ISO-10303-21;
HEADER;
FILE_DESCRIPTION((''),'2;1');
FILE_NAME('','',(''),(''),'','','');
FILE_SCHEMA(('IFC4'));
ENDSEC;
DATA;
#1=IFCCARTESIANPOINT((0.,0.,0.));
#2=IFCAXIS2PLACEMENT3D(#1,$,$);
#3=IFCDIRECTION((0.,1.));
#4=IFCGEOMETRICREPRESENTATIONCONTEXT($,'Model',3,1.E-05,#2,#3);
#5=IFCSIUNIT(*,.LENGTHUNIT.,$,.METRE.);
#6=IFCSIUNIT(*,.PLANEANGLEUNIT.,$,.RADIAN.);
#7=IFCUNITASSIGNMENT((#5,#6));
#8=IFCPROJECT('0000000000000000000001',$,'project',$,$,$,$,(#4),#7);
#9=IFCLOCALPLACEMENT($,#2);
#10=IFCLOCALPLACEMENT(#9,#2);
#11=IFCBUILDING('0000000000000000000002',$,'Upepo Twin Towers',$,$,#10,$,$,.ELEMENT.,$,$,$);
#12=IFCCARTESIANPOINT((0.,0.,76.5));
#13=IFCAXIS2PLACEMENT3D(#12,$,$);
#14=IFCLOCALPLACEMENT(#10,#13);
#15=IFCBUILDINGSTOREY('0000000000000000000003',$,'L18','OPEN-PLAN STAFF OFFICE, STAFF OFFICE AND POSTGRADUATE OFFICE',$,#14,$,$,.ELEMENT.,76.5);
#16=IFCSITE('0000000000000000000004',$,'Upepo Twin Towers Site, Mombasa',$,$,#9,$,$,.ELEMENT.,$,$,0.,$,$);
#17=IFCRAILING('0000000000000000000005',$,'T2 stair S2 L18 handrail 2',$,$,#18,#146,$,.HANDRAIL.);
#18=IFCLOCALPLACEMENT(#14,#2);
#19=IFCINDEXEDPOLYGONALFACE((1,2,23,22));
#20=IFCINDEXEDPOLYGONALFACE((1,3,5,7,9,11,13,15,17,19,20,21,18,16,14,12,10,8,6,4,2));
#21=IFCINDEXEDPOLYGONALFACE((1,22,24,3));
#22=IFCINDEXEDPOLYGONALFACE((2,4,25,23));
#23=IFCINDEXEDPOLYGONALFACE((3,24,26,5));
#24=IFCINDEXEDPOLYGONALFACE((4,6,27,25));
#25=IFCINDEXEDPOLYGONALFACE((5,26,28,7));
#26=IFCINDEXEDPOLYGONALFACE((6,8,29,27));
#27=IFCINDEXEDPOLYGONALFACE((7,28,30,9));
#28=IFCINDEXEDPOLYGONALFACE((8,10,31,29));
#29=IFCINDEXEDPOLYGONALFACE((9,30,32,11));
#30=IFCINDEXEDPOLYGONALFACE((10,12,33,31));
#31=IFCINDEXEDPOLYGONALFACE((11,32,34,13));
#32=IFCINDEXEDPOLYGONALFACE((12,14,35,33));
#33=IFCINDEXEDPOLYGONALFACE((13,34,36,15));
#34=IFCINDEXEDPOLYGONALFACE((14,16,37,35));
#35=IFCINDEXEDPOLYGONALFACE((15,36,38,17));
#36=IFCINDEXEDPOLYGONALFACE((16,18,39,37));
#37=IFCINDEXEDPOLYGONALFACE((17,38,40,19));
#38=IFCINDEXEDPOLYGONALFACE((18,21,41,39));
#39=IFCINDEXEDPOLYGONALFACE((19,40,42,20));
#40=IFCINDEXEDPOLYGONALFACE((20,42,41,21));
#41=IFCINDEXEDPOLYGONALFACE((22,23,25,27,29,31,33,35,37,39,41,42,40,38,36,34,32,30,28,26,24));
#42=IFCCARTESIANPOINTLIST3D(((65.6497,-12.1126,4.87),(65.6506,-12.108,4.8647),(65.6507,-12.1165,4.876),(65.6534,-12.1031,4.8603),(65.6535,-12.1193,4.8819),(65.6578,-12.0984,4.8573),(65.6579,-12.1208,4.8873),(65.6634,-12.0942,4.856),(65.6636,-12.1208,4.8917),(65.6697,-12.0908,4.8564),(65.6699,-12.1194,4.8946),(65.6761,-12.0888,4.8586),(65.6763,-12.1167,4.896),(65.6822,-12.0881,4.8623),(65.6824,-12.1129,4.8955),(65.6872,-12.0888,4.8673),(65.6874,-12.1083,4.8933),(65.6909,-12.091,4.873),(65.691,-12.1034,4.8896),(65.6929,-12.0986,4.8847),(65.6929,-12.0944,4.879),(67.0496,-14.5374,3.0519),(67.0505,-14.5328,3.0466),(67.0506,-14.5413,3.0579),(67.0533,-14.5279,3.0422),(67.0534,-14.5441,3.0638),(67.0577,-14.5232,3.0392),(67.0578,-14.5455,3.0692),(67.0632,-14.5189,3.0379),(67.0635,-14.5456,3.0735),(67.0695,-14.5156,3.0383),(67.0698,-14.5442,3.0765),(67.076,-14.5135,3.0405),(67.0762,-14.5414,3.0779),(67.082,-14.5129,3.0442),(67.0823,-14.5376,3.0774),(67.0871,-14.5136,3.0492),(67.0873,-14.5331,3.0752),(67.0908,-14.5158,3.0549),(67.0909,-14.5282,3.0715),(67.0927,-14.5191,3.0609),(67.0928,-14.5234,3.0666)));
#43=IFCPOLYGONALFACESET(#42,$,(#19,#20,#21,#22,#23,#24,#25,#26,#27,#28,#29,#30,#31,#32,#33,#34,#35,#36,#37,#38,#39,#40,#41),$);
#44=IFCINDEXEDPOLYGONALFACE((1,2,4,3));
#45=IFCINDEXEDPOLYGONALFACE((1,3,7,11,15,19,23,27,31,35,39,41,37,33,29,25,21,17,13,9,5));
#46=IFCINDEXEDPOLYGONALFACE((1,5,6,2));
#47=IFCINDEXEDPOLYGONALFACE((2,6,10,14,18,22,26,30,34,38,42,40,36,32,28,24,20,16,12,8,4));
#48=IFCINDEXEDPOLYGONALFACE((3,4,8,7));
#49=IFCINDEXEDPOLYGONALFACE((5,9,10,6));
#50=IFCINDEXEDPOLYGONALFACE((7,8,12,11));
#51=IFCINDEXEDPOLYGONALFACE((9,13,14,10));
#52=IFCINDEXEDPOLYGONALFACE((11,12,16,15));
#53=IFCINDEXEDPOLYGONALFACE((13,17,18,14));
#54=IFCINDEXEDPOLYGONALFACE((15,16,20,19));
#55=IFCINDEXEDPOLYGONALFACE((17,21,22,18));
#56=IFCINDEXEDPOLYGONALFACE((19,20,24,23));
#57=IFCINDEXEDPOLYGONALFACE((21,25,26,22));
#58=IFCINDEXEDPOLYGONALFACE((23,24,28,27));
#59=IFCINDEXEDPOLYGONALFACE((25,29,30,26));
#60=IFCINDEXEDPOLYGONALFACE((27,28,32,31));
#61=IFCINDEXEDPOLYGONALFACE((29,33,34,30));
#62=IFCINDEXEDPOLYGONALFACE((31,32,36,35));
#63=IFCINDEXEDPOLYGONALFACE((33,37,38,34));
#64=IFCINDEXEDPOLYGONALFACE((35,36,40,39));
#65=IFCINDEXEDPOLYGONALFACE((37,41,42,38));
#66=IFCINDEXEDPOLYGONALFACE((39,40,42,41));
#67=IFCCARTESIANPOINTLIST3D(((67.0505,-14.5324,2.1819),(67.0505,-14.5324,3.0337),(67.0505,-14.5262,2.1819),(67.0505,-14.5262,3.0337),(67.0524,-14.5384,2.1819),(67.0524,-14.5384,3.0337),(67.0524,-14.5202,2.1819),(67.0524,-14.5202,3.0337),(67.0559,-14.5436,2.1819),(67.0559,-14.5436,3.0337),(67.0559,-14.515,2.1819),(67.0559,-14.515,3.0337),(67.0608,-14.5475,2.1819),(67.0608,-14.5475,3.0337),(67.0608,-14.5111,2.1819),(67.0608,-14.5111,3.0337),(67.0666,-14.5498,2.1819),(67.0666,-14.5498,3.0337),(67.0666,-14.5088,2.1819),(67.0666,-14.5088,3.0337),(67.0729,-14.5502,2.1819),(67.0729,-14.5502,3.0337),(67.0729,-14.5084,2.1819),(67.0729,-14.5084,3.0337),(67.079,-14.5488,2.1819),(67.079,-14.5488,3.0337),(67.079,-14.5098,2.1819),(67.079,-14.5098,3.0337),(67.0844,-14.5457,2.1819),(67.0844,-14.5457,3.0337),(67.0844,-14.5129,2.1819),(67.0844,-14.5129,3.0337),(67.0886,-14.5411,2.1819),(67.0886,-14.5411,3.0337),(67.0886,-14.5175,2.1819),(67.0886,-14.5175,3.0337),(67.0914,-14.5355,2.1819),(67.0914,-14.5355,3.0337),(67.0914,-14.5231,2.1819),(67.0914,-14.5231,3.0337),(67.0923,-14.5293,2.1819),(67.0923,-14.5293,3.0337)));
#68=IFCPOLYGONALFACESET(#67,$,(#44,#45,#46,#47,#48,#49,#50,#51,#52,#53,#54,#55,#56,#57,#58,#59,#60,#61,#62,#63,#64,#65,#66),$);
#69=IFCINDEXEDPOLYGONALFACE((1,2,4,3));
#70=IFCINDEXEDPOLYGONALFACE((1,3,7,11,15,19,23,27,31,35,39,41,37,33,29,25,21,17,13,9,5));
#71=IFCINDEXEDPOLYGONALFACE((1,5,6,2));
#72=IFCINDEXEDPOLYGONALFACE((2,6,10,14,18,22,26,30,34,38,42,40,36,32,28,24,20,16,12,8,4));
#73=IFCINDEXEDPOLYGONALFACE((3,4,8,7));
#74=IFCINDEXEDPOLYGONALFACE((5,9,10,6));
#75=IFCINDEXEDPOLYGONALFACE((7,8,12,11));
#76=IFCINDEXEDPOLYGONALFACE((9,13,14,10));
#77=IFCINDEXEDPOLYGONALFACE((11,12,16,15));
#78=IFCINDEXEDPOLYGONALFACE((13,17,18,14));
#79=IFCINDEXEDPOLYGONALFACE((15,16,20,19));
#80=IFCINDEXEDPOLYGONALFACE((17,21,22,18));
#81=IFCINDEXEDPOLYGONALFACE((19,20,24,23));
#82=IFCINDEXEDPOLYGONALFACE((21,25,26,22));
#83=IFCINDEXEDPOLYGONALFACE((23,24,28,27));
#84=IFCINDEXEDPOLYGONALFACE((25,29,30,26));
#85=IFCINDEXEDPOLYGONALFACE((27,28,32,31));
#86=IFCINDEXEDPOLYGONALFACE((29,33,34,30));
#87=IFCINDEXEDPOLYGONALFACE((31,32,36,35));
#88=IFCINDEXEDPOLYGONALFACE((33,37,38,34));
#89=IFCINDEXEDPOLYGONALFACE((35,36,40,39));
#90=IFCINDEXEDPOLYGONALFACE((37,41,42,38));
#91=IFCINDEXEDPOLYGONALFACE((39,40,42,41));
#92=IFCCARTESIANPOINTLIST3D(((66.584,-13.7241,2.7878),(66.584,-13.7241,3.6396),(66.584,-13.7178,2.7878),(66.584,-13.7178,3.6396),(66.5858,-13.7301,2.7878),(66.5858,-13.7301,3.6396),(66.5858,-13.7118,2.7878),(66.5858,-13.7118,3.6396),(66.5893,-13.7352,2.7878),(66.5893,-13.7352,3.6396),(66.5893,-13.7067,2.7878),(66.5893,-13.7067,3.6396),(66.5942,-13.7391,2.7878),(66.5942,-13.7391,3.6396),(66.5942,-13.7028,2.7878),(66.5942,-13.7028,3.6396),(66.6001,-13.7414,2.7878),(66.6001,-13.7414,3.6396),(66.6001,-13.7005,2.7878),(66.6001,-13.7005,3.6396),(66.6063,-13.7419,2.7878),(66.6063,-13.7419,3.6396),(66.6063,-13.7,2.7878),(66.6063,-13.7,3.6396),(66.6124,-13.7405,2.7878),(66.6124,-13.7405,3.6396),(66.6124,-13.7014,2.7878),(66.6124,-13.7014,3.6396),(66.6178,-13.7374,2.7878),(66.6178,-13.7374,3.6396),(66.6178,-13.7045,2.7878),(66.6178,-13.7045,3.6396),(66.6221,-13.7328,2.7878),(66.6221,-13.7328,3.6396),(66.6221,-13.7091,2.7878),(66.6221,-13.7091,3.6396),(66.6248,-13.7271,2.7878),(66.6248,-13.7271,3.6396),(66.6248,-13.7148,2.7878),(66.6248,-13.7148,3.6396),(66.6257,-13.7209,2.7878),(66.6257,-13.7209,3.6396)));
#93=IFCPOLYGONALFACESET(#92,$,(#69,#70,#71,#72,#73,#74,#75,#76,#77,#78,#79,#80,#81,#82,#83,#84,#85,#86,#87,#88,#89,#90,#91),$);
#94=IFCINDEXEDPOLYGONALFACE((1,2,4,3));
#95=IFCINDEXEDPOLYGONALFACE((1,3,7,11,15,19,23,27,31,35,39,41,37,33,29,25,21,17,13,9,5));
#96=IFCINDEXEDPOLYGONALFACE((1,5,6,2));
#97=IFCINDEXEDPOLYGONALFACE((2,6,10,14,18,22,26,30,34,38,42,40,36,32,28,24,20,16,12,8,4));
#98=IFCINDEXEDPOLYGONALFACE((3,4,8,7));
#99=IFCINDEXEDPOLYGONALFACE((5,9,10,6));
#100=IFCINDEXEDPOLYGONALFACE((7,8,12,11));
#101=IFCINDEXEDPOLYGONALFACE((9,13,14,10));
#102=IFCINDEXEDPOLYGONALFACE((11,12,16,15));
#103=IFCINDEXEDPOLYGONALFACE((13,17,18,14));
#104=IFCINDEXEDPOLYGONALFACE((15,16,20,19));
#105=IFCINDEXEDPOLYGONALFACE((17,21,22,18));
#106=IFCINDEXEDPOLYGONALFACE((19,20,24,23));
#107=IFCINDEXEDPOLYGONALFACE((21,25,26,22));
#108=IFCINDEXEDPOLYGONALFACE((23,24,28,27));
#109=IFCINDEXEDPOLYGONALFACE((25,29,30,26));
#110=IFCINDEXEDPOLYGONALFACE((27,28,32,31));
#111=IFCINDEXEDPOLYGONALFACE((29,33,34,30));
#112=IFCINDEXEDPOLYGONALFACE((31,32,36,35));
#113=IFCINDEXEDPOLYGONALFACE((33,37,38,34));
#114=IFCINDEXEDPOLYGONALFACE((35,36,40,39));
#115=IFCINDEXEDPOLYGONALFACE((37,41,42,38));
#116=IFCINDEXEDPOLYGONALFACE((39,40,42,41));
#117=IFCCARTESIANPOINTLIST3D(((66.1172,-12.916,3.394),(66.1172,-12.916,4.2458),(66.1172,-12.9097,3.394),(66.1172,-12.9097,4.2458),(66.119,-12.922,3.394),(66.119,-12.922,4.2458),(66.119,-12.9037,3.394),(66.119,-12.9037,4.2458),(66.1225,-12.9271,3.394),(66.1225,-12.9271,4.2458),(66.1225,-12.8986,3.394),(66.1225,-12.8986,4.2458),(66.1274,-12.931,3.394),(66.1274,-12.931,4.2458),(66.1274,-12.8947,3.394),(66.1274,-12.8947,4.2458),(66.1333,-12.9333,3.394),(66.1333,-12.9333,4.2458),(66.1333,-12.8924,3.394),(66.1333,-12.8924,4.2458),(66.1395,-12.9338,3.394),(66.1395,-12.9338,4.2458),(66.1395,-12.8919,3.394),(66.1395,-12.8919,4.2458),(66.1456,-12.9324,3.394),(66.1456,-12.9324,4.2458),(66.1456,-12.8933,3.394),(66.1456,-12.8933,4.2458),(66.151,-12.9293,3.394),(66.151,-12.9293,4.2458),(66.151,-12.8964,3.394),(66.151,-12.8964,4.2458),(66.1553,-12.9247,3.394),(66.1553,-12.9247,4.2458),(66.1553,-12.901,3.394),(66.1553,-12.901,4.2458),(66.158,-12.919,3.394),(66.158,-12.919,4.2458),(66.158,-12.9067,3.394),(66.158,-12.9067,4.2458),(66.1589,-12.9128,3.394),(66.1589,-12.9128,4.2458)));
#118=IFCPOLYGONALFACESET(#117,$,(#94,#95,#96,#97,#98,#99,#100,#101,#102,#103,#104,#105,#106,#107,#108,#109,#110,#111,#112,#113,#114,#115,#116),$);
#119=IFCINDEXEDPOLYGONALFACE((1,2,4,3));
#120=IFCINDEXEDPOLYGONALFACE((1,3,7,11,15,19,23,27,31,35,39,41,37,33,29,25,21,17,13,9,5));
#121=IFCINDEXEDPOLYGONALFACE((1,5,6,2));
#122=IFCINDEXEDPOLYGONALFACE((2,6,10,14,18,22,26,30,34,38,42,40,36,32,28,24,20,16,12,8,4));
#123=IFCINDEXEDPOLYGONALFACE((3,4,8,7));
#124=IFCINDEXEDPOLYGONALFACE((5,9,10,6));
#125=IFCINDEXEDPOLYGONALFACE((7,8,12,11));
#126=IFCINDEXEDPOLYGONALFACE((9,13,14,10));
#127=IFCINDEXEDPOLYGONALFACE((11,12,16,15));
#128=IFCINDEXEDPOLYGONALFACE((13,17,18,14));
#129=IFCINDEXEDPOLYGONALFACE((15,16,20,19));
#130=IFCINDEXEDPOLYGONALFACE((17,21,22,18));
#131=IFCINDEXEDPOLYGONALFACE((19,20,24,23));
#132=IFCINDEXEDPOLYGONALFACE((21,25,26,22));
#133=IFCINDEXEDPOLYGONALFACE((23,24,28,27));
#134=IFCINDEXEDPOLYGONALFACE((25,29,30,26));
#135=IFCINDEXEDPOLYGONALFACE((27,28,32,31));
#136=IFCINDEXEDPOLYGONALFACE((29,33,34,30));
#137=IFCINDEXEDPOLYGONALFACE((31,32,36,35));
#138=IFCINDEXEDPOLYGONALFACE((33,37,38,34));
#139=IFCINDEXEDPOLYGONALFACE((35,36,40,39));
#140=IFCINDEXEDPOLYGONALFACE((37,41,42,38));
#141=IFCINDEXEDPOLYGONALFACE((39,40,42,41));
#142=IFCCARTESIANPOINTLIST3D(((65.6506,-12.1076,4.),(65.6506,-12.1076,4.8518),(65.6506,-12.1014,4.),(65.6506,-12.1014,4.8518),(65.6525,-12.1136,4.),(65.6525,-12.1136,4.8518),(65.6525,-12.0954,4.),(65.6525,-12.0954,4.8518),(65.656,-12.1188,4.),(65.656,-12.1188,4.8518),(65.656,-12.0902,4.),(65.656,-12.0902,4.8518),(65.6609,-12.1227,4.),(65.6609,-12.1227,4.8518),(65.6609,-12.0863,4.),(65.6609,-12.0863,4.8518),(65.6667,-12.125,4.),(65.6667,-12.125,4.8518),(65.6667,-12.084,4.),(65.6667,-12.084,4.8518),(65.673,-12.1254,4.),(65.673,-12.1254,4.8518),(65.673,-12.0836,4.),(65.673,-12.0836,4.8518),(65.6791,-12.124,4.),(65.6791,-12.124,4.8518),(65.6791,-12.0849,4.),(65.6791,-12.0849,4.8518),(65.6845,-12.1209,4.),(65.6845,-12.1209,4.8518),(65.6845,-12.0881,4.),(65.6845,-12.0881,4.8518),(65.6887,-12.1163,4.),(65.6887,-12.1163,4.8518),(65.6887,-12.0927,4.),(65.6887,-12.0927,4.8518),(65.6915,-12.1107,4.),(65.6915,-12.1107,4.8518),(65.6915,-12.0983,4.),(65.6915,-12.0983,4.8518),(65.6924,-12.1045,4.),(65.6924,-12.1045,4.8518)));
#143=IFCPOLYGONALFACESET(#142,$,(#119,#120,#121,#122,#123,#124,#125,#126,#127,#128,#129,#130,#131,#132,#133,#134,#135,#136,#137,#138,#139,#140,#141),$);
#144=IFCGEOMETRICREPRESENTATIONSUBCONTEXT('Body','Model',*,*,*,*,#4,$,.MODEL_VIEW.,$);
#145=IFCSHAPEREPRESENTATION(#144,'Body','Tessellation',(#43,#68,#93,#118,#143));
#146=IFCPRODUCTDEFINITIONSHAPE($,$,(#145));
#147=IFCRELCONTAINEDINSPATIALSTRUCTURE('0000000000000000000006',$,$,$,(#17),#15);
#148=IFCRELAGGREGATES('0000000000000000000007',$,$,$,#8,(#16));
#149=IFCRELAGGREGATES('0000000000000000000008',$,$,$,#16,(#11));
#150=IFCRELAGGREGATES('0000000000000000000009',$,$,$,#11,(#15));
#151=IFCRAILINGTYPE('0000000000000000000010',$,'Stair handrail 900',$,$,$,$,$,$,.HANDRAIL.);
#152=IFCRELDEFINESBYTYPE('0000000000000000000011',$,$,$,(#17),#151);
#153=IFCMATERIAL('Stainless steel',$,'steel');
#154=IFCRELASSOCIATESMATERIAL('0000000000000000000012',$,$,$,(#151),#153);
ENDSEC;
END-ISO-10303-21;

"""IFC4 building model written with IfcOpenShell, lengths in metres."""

from ifc_helpers import new_model, si_unit, direction, frame, origin, origin_2d, place, context, subcontext, project, spatial, circle, extrude, material, type_object, element, save


model = new_model("IFC4")

# Units and contexts
model_context = context("Model", 3, precision=1e-05, world=origin(), true_north=direction((0.0, 1.0)))
body_context = subcontext(model_context, "Body", "Model", "MODEL_VIEW")
ifc_project = project(units=[si_unit("LENGTHUNIT", "METRE"), si_unit("PLANEANGLEUNIT", "RADIAN")], contexts=[model_context])

# Site, building, storey
site_placement = place(None, origin())
site = spatial("IfcSite", under=ifc_project, at=site_placement, Name="Upepo Twin Towers Site, Mombasa", CompositionType="ELEMENT", RefElevation=0.0)
building_placement = place(site_placement, origin())
building = spatial("IfcBuilding", under=site, at=building_placement, Name="Upepo Twin Towers", CompositionType="ELEMENT")
storey_placement = place(building_placement, frame((0.0, 0.0, 76.5)))
storey = spatial("IfcBuildingStorey", under=building, at=storey_placement, Name="L18", Description="OPEN-PLAN STAFF OFFICE, STAFF OFFICE AND POSTGRADUATE OFFICE", CompositionType="ELEMENT", Elevation=76.5)

# Railing
ifc_material_1 = material(Name="Stainless steel", Category="steel")
railing_type = type_object("IfcRailingType", Name="Stair handrail 900", PredefinedType="HANDRAIL", material=ifc_material_1)
railing_1_placement = place(storey_placement, frame((67.0713, -14.5293, 2.1819)))
element("IfcRailing", 1, at=railing_1_placement, inside=storey, type_object=railing_type, Name="T2 stair S2 L18 handrail 2", PredefinedType="HANDRAIL", context=body_context, shape_type="SweptSolid", body=[
    extrude(circle(Radius=0.0239, at=origin_2d()), frame((0.0, 0.0, 0.876), z_axis=(-0.419333, 0.726336, 0.544606), x_axis=(-0.866035, -0.499984, 0.0)), (0.0, 0.0, 1.0), 3.3384),
    extrude(circle(Radius=0.021, at=origin_2d()), origin(), (0.0, 0.0, 1.0), 0.8518),
    extrude(circle(Radius=0.021, at=origin_2d()), frame((-0.4666, 0.8083, 0.606)), (0.0, 0.0, 1.0), 0.8518),
    extrude(circle(Radius=0.021, at=origin_2d()), frame((-0.9333, 1.6165, 1.2122)), (0.0, 0.0, 1.0), 0.8518),
    extrude(circle(Radius=0.021, at=origin_2d()), frame((-1.3999, 2.4248, 1.8181)), (0.0, 0.0, 1.0), 0.8518),
])

save(model, "model.ifc")
